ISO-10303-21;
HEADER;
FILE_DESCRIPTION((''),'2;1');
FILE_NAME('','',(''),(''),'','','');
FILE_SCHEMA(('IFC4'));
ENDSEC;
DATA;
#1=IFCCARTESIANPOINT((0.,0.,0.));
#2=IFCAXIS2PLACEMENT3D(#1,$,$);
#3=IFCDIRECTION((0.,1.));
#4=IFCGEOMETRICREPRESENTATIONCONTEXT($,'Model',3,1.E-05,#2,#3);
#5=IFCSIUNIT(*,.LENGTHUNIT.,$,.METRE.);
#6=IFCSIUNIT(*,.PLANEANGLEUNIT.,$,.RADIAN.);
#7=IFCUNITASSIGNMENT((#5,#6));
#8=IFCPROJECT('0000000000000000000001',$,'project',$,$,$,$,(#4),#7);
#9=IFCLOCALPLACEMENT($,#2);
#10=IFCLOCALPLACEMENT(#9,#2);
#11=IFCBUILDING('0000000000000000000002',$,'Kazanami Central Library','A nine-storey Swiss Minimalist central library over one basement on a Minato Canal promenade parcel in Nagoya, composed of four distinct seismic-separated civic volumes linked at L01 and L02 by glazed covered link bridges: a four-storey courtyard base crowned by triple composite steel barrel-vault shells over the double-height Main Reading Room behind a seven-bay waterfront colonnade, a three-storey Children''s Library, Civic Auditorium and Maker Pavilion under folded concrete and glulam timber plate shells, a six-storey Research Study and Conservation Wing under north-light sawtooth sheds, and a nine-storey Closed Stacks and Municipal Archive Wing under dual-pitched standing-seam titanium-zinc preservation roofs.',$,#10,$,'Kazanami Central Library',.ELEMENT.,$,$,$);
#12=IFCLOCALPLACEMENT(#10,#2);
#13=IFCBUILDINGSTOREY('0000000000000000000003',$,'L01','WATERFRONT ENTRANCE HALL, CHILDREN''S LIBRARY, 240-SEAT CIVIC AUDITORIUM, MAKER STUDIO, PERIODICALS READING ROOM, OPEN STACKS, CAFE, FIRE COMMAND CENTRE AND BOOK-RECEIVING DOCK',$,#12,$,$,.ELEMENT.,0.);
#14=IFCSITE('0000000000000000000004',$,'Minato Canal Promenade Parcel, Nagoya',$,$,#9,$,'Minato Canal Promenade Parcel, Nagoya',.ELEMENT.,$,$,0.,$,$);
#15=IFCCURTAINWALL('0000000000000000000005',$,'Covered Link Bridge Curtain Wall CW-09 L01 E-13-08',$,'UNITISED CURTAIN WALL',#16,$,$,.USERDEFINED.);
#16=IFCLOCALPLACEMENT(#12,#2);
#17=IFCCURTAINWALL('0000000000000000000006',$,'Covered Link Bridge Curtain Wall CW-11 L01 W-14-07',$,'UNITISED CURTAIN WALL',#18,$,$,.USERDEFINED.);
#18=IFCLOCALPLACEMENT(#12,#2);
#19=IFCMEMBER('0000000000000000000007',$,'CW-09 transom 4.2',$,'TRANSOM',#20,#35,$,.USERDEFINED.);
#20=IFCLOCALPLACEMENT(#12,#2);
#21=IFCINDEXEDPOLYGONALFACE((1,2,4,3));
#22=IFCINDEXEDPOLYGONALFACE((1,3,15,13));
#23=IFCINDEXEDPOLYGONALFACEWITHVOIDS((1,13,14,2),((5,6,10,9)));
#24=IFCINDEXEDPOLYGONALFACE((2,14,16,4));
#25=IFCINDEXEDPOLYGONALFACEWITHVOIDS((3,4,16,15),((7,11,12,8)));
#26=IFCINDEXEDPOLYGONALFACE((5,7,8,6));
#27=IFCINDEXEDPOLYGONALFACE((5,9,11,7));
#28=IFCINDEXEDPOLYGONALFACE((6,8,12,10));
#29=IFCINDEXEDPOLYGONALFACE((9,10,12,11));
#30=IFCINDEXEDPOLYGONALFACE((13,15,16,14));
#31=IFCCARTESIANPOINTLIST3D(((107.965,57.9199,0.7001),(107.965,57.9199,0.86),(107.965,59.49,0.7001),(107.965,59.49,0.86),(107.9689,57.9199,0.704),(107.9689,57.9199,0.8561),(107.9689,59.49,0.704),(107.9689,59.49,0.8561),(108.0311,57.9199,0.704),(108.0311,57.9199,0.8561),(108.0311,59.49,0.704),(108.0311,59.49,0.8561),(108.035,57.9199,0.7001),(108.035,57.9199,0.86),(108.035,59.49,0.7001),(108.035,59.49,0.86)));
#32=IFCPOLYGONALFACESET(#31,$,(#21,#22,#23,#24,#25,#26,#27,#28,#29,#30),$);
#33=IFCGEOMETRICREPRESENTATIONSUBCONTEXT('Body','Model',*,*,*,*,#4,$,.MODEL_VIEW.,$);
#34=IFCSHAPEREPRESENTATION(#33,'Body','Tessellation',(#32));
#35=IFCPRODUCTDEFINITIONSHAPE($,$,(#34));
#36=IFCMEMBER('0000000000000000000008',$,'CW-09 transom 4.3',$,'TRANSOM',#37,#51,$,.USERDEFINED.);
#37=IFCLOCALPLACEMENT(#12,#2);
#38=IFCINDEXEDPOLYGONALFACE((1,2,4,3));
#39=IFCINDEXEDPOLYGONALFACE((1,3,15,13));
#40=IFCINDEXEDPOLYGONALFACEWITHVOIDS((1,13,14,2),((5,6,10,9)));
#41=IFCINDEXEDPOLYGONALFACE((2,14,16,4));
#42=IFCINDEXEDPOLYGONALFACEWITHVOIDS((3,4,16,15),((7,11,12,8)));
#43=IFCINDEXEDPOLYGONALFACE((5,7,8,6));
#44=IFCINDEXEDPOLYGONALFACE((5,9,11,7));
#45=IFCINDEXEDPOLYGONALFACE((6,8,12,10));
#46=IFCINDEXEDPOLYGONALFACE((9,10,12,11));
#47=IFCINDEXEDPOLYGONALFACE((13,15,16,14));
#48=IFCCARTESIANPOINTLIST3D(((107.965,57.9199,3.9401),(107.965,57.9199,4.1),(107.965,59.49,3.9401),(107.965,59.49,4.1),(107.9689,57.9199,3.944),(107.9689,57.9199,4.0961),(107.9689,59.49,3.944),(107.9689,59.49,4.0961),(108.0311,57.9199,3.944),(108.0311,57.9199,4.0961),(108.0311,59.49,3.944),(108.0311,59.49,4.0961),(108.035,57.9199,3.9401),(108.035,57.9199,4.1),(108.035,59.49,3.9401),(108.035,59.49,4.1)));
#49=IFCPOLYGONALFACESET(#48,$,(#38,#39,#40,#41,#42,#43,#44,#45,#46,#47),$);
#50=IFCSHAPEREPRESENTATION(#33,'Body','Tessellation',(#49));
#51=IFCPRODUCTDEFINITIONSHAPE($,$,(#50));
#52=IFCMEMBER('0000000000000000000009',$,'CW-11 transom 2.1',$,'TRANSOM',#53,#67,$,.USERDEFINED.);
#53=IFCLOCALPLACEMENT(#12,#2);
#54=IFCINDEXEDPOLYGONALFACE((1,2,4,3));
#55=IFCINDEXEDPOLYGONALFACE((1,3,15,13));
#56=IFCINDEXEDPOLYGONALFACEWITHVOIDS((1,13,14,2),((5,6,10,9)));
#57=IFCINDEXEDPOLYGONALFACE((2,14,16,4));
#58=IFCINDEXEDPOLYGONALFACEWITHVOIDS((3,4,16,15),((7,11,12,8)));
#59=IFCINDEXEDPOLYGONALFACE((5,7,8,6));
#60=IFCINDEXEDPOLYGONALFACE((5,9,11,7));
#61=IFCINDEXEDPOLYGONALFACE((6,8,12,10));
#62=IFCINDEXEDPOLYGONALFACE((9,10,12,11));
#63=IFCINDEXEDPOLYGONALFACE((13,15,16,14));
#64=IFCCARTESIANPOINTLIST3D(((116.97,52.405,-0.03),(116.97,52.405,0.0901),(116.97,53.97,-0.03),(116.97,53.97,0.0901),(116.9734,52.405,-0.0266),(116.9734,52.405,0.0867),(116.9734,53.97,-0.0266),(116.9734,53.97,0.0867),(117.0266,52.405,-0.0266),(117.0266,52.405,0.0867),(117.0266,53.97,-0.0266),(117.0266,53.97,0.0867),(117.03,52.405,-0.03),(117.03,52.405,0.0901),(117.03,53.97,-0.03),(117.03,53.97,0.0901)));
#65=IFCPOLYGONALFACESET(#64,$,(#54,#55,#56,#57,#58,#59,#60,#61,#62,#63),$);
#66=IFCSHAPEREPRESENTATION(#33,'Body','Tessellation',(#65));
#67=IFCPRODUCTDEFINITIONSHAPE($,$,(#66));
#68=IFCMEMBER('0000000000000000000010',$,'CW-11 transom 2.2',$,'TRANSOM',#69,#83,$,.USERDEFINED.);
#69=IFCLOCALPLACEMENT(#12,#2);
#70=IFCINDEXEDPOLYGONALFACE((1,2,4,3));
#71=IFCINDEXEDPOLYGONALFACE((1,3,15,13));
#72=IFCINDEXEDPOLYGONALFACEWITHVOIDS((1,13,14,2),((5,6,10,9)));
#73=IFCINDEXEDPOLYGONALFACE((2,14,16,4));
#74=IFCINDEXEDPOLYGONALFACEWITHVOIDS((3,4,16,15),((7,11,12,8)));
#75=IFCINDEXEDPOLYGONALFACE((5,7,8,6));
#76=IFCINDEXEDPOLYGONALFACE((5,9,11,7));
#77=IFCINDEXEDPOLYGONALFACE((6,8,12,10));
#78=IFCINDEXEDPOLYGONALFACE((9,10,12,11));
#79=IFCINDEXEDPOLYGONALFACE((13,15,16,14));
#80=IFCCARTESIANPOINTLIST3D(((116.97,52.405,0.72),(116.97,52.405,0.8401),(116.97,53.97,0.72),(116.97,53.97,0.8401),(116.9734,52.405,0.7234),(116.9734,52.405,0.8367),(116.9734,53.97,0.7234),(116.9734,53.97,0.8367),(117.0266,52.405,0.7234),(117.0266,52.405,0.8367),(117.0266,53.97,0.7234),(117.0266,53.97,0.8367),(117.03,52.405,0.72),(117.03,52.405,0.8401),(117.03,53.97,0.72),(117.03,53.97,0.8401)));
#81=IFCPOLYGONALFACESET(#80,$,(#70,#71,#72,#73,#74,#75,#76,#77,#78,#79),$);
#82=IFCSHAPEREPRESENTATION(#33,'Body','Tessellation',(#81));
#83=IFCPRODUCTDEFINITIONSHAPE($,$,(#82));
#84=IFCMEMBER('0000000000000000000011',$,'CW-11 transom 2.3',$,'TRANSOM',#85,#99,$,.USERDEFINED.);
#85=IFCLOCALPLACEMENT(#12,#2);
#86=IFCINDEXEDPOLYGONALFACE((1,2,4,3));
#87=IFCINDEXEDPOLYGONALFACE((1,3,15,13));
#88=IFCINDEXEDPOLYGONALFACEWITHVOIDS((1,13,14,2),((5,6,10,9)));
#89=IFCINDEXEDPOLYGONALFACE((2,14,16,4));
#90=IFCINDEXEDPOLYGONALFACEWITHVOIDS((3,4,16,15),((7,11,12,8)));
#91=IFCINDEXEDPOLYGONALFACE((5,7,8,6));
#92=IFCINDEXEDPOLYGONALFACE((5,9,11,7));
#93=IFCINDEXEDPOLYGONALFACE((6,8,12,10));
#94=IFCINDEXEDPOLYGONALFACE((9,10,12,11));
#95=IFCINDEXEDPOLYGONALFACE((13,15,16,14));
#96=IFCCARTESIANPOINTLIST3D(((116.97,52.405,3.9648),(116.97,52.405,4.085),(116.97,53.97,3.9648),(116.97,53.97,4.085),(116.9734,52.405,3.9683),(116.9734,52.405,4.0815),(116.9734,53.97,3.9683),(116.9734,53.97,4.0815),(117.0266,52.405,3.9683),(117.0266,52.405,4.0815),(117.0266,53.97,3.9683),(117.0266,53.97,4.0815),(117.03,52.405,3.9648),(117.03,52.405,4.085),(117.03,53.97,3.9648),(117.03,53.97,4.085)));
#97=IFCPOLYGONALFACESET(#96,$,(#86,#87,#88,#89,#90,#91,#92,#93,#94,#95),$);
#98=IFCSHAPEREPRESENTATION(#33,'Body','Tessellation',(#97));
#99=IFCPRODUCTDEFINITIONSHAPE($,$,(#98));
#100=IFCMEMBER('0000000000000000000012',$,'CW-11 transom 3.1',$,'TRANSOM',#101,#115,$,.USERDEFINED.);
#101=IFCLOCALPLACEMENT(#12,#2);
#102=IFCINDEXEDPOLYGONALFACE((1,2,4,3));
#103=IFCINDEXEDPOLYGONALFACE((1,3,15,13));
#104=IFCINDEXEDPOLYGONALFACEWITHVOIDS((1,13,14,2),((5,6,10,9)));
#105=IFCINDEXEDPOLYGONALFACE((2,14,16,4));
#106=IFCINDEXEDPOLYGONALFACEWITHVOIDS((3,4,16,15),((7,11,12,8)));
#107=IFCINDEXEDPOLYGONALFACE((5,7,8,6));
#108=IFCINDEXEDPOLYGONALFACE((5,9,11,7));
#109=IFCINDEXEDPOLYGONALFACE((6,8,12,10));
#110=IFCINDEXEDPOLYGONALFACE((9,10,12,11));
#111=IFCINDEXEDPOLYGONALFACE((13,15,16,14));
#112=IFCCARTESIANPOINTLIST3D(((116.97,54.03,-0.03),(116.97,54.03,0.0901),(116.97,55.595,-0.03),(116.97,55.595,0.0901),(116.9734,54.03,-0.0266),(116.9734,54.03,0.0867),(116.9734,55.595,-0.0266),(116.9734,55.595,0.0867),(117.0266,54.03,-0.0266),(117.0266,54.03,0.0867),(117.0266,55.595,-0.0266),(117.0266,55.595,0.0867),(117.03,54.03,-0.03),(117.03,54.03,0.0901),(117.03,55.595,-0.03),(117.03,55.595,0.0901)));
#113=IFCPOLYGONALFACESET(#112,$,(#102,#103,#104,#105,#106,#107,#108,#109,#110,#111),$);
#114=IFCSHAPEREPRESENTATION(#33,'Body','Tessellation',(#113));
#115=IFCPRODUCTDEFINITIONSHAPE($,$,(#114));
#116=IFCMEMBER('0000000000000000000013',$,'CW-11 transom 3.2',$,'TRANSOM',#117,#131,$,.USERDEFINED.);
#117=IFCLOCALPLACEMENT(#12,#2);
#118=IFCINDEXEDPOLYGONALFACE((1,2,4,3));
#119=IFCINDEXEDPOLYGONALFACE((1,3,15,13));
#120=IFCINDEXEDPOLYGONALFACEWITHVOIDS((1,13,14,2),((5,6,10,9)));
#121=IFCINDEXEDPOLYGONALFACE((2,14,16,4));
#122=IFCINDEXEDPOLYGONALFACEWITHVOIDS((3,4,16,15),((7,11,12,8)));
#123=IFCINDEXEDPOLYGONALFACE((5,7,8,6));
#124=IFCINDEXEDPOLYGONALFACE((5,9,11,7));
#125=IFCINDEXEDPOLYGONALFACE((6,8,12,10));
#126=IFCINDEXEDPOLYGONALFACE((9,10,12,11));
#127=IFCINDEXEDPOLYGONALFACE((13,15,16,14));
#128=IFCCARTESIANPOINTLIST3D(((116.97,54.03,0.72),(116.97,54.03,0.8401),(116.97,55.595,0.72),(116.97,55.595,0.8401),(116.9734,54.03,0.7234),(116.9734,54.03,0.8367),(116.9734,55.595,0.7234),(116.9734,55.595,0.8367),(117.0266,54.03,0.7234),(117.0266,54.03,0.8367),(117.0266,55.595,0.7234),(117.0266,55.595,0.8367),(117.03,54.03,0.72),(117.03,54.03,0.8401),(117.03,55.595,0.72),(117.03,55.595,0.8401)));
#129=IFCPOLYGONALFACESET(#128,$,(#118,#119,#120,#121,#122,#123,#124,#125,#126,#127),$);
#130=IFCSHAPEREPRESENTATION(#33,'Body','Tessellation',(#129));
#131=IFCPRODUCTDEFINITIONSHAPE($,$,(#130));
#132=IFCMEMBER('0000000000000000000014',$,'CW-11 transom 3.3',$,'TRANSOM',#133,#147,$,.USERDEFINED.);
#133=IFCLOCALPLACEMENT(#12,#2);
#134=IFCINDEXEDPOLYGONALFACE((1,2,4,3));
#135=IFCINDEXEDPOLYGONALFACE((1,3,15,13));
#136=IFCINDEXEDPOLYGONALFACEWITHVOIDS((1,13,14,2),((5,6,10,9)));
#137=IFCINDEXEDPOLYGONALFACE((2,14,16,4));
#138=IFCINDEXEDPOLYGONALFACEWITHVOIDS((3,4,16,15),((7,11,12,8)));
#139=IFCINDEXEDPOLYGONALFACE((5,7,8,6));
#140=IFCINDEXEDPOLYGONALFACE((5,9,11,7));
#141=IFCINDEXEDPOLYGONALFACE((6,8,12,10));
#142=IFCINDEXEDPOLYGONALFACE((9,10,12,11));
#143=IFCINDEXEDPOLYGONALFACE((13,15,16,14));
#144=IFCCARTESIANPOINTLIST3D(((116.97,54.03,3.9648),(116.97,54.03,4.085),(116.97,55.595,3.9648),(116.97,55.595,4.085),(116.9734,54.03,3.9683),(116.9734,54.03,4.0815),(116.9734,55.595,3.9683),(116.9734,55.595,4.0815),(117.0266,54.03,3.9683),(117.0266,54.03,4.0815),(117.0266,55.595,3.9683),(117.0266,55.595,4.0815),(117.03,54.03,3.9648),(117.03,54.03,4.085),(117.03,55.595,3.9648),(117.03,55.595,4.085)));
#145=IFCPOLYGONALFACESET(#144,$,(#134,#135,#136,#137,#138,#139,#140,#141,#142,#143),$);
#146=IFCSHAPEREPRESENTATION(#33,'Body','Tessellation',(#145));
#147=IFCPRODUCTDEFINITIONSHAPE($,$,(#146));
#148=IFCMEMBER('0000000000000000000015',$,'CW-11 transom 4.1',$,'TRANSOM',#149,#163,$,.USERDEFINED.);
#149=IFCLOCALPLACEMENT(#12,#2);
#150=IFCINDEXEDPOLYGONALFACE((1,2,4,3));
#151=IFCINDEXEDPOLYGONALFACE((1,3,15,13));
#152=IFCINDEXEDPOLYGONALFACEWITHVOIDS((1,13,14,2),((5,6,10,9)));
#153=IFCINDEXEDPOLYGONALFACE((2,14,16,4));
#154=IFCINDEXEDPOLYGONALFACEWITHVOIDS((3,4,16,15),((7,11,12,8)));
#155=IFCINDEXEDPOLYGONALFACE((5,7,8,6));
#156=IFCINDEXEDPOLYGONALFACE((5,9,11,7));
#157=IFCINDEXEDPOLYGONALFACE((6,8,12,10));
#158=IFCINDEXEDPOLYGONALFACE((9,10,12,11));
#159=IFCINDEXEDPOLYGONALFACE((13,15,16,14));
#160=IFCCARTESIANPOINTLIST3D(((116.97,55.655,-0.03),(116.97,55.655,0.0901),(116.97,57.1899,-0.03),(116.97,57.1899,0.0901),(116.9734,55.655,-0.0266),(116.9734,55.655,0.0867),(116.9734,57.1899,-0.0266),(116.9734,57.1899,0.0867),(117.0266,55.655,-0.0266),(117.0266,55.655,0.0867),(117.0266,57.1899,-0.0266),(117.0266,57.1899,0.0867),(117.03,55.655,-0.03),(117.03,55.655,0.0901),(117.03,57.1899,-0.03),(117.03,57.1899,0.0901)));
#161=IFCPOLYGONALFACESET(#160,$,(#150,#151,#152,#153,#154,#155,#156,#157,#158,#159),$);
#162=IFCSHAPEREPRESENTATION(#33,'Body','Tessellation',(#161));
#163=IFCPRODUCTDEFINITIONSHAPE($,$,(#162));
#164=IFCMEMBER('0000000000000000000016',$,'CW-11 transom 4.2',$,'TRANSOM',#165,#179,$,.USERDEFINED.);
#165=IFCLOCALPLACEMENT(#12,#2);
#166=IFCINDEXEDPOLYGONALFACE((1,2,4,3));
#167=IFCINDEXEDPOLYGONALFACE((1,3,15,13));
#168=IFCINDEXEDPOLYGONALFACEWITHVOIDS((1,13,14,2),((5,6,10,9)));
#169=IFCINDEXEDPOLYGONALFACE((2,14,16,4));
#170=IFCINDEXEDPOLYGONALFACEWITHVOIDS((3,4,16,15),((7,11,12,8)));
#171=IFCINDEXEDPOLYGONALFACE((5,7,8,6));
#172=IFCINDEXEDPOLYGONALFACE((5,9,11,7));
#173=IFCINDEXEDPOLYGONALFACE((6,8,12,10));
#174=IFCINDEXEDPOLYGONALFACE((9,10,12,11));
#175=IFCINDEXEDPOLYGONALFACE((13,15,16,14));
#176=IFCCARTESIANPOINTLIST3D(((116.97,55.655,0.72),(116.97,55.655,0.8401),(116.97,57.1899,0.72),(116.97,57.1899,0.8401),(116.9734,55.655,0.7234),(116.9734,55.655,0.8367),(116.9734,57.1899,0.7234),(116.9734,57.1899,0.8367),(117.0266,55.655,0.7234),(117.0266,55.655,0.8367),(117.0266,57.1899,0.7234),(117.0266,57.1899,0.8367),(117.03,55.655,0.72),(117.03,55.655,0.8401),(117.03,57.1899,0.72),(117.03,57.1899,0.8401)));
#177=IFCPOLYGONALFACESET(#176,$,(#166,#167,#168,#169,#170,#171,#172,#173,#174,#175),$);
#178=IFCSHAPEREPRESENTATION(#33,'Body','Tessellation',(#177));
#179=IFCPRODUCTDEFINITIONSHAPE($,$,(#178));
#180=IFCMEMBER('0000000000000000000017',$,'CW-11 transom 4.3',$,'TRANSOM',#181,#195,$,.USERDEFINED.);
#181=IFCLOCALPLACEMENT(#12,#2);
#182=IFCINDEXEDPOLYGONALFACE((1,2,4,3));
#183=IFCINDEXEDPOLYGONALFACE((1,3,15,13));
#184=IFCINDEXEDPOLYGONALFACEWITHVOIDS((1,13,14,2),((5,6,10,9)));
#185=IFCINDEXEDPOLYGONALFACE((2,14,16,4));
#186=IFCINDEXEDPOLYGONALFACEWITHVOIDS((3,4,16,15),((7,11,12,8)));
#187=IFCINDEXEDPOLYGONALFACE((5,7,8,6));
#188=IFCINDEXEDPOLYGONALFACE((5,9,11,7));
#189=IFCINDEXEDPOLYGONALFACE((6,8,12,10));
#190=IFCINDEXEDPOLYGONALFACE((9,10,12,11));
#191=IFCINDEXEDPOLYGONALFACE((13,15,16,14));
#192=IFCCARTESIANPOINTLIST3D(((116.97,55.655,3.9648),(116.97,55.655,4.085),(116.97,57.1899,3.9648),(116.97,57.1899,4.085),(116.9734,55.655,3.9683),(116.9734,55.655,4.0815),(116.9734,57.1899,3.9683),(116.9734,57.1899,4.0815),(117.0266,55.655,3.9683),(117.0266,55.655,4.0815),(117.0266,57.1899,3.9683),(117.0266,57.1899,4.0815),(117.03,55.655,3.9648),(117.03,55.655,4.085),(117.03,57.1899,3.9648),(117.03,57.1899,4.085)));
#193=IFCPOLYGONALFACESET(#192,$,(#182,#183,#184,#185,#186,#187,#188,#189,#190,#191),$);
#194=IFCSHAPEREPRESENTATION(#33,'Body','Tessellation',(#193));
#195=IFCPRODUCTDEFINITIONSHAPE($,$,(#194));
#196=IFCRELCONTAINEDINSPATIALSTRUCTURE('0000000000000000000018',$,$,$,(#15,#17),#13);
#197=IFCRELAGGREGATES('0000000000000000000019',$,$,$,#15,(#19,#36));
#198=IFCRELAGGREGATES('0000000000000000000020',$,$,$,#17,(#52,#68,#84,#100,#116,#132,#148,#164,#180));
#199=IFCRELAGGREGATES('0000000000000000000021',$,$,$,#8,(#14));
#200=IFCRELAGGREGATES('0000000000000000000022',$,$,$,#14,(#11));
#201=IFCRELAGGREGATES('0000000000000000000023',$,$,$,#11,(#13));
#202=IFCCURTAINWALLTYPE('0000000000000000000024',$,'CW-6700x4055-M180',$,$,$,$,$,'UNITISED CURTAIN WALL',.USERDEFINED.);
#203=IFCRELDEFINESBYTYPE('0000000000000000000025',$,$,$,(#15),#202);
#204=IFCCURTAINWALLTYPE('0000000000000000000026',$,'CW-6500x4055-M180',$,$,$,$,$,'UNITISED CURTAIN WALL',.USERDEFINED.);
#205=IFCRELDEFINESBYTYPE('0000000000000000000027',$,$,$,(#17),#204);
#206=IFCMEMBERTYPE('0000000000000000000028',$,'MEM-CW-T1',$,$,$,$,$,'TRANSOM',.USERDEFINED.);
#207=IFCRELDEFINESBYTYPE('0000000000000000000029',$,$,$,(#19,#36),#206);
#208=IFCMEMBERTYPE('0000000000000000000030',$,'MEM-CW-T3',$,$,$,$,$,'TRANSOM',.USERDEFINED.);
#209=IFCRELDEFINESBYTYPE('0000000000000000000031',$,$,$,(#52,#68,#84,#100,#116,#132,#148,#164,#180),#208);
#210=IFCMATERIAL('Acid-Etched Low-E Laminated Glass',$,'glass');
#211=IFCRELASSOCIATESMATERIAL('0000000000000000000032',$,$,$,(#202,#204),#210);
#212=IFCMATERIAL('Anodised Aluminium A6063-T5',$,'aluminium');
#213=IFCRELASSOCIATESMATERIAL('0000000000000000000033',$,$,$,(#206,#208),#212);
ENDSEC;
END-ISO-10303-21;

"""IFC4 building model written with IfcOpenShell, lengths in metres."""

from ifc_helpers import new_model, si_unit, direction, frame, origin, origin_2d, place, context, subcontext, project, spatial, hollow_rectangle, extrude, material, material_profile, profile_set, type_object, element, aggregate, save


model = new_model("IFC4")

# Units and contexts
model_context = context("Model", 3, precision=1e-05, world=origin(), true_north=direction((0.0, 1.0)))
body_context = subcontext(model_context, "Body", "Model", "MODEL_VIEW")
ifc_project = project(units=[si_unit("LENGTHUNIT", "METRE"), si_unit("PLANEANGLEUNIT", "RADIAN")], contexts=[model_context])

# Site, building, storey
site_placement = place(None, origin())
site = spatial("IfcSite", under=ifc_project, at=site_placement, Name="Minato Canal Promenade Parcel, Nagoya", LongName="Minato Canal Promenade Parcel, Nagoya", CompositionType="ELEMENT", RefElevation=0.0)
building_placement = place(site_placement, origin())
building = spatial("IfcBuilding", under=site, at=building_placement, Name="Kazanami Central Library", Description="A nine-storey Swiss Minimalist central library over one basement on a Minato Canal promenade parcel in Nagoya, composed of four distinct seismic-separated civic volumes linked at L01 and L02 by glazed covered link bridges: a four-storey courtyard base crowned by triple composite steel barrel-vault shells over the double-height Main Reading Room behind a seven-bay waterfront colonnade, a three-storey Children's Library, Civic Auditorium and Maker Pavilion under folded concrete and glulam timber plate shells, a six-storey Research Study and Conservation Wing under north-light sawtooth sheds, and a nine-storey Closed Stacks and Municipal Archive Wing under dual-pitched standing-seam titanium-zinc preservation roofs.", LongName="Kazanami Central Library", CompositionType="ELEMENT")
storey_placement = place(building_placement, origin())
storey = spatial("IfcBuildingStorey", under=building, at=storey_placement, Name="L01", Description="WATERFRONT ENTRANCE HALL, CHILDREN'S LIBRARY, 240-SEAT CIVIC AUDITORIUM, MAKER STUDIO, PERIODICALS READING ROOM, OPEN STACKS, CAFE, FIRE COMMAND CENTRE AND BOOK-RECEIVING DOCK", CompositionType="ELEMENT", Elevation=0.0)

# Curtain wall
ifc_material_1 = material(Name="Acid-Etched Low-E Laminated Glass", Category="glass")
curtain_wall_type_1 = type_object("IfcCurtainWallType", Name="CW-6700x4055-M180", ElementType="UNITISED CURTAIN WALL", PredefinedType="USERDEFINED", material=ifc_material_1)
curtain_wall_1_placement = place(storey_placement, origin())
curtain_wall_1 = element("IfcCurtainWall", 1, at=curtain_wall_1_placement, inside=storey, type_object=curtain_wall_type_1, Name="Covered Link Bridge Curtain Wall CW-09 L01 E-13-08", ObjectType="UNITISED CURTAIN WALL", PredefinedType="USERDEFINED")
ifc_material_2 = material(Name="Anodised Aluminium A6063-T5", Category="aluminium")

# Curtain wall
curtain_wall_type_2 = type_object("IfcCurtainWallType", Name="CW-6500x4055-M180", ElementType="UNITISED CURTAIN WALL", PredefinedType="USERDEFINED", material=ifc_material_1)
curtain_wall_2_placement = place(storey_placement, origin())
curtain_wall_2 = element("IfcCurtainWall", 2, at=curtain_wall_2_placement, inside=storey, type_object=curtain_wall_type_2, Name="Covered Link Bridge Curtain Wall CW-11 L01 W-14-07", ObjectType="UNITISED CURTAIN WALL", PredefinedType="USERDEFINED")

# Shared definitions
ifc_material_profile_1 = material_profile(ifc_material_2, hollow_rectangle(XDim=0.0701, YDim=0.1599, WallThickness=0.0039, at=origin_2d()), Name="ALU-TRAN-70x160x4")
ifc_profile_set_1 = profile_set([ifc_material_profile_1], Name="Anodised Aluminium A6063-T5")
member_type_1 = type_object("IfcMemberType", Name="MEM-CW-T1", ElementType="TRANSOM", PredefinedType="USERDEFINED", material=ifc_profile_set_1)

# Members
member_1_placement = place(storey_placement, frame((108.0, 59.49, 0.78), z_axis=(0.0, -1.0, 0.0), x_axis=(1.0, 0.0, 0.0)))
member_1 = element("IfcMember", 3, at=member_1_placement, type_object=member_type_1, Name="CW-09 transom 4.2", ObjectType="TRANSOM", PredefinedType="USERDEFINED", context=body_context, shape_type="SweptSolid", body=[
    extrude(hollow_rectangle(XDim=0.0701, YDim=0.1599, WallThickness=0.0039, at=origin_2d()), origin(), (0.0, 0.0, 1.0), 1.5701),
])
member_2_placement = place(storey_placement, frame((108.0, 59.49, 4.02), z_axis=(0.0, -1.0, 0.0), x_axis=(1.0, 0.0, 0.0)))
member_2 = element("IfcMember", 4, at=member_2_placement, type_object=member_type_1, Name="CW-09 transom 4.3", ObjectType="TRANSOM", PredefinedType="USERDEFINED", context=body_context, shape_type="SweptSolid", body=[
    extrude(hollow_rectangle(XDim=0.0701, YDim=0.1599, WallThickness=0.0039, at=origin_2d()), origin(), (0.0, 0.0, 1.0), 1.5701),
])
ifc_material_profile_2 = material_profile(ifc_material_2, hollow_rectangle(XDim=0.0601, YDim=0.1201, WallThickness=0.0034, at=origin_2d()), Name="ALU-TRAN-60x120x3.5")
ifc_profile_set_2 = profile_set([ifc_material_profile_2], Name="Anodised Aluminium A6063-T5")
member_type_2 = type_object("IfcMemberType", Name="MEM-CW-T3", ElementType="TRANSOM", PredefinedType="USERDEFINED", material=ifc_profile_set_2)
member_3_placement = place(storey_placement, frame((117.0, 52.405, 0.03), z_axis=(0.0, 1.0, 0.0), x_axis=(-1.0, 0.0, 0.0)))
member_3 = element("IfcMember", 5, at=member_3_placement, type_object=member_type_2, Name="CW-11 transom 2.1", ObjectType="TRANSOM", PredefinedType="USERDEFINED", context=body_context, shape_type="SweptSolid", body=[
    extrude(hollow_rectangle(XDim=0.0601, YDim=0.1201, WallThickness=0.0034, at=origin_2d()), origin(), (0.0, 0.0, 1.0), 1.5649),
])
member_4_placement = place(storey_placement, frame((117.0, 52.405, 0.78), z_axis=(0.0, 1.0, 0.0), x_axis=(-1.0, 0.0, 0.0)))
member_4 = element("IfcMember", 6, at=member_4_placement, type_object=member_type_2, Name="CW-11 transom 2.2", ObjectType="TRANSOM", PredefinedType="USERDEFINED", context=body_context, shape_type="SweptSolid", body=[
    extrude(hollow_rectangle(XDim=0.0601, YDim=0.1201, WallThickness=0.0034, at=origin_2d()), origin(), (0.0, 0.0, 1.0), 1.5649),
])
member_5_placement = place(storey_placement, frame((117.0, 52.405, 4.0249), z_axis=(0.0, 1.0, 0.0), x_axis=(-1.0, 0.0, 0.0)))
member_5 = element("IfcMember", 7, at=member_5_placement, type_object=member_type_2, Name="CW-11 transom 2.3", ObjectType="TRANSOM", PredefinedType="USERDEFINED", context=body_context, shape_type="SweptSolid", body=[
    extrude(hollow_rectangle(XDim=0.0601, YDim=0.1201, WallThickness=0.0034, at=origin_2d()), origin(), (0.0, 0.0, 1.0), 1.5649),
])
member_6_placement = place(storey_placement, frame((117.0, 54.03, 0.03), z_axis=(0.0, 1.0, 0.0), x_axis=(-1.0, 0.0, 0.0)))
member_6 = element("IfcMember", 8, at=member_6_placement, type_object=member_type_2, Name="CW-11 transom 3.1", ObjectType="TRANSOM", PredefinedType="USERDEFINED", context=body_context, shape_type="SweptSolid", body=[
    extrude(hollow_rectangle(XDim=0.0601, YDim=0.1201, WallThickness=0.0034, at=origin_2d()), origin(), (0.0, 0.0, 1.0), 1.5649),
])
member_7_placement = place(storey_placement, frame((117.0, 54.03, 0.78), z_axis=(0.0, 1.0, 0.0), x_axis=(-1.0, 0.0, 0.0)))
member_7 = element("IfcMember", 9, at=member_7_placement, type_object=member_type_2, Name="CW-11 transom 3.2", ObjectType="TRANSOM", PredefinedType="USERDEFINED", context=body_context, shape_type="SweptSolid", body=[
    extrude(hollow_rectangle(XDim=0.0601, YDim=0.1201, WallThickness=0.0034, at=origin_2d()), origin(), (0.0, 0.0, 1.0), 1.5649),
])
member_8_placement = place(storey_placement, frame((117.0, 54.03, 4.0249), z_axis=(0.0, 1.0, 0.0), x_axis=(-1.0, 0.0, 0.0)))
member_8 = element("IfcMember", 10, at=member_8_placement, type_object=member_type_2, Name="CW-11 transom 3.3", ObjectType="TRANSOM", PredefinedType="USERDEFINED", context=body_context, shape_type="SweptSolid", body=[
    extrude(hollow_rectangle(XDim=0.0601, YDim=0.1201, WallThickness=0.0034, at=origin_2d()), origin(), (0.0, 0.0, 1.0), 1.5649),
])
member_9_placement = place(storey_placement, frame((117.0, 55.655, 0.03), z_axis=(0.0, 1.0, 0.0), x_axis=(-1.0, 0.0, 0.0)))
member_9 = element("IfcMember", 11, at=member_9_placement, type_object=member_type_2, Name="CW-11 transom 4.1", ObjectType="TRANSOM", PredefinedType="USERDEFINED", context=body_context, shape_type="SweptSolid", body=[
    extrude(hollow_rectangle(XDim=0.0601, YDim=0.1201, WallThickness=0.0034, at=origin_2d()), origin(), (0.0, 0.0, 1.0), 1.5349),
])
member_10_placement = place(storey_placement, frame((117.0, 55.655, 0.78), z_axis=(0.0, 1.0, 0.0), x_axis=(-1.0, 0.0, 0.0)))
member_10 = element("IfcMember", 12, at=member_10_placement, type_object=member_type_2, Name="CW-11 transom 4.2", ObjectType="TRANSOM", PredefinedType="USERDEFINED", context=body_context, shape_type="SweptSolid", body=[
    extrude(hollow_rectangle(XDim=0.0601, YDim=0.1201, WallThickness=0.0034, at=origin_2d()), origin(), (0.0, 0.0, 1.0), 1.5349),
])
member_11_placement = place(storey_placement, frame((117.0, 55.655, 4.0249), z_axis=(0.0, 1.0, 0.0), x_axis=(-1.0, 0.0, 0.0)))
member_11 = element("IfcMember", 13, at=member_11_placement, type_object=member_type_2, Name="CW-11 transom 4.3", ObjectType="TRANSOM", PredefinedType="USERDEFINED", context=body_context, shape_type="SweptSolid", body=[
    extrude(hollow_rectangle(XDim=0.0601, YDim=0.1201, WallThickness=0.0034, at=origin_2d()), origin(), (0.0, 0.0, 1.0), 1.5349),
])

aggregate(curtain_wall_1, [member_1, member_2])
aggregate(curtain_wall_2, [member_3, member_4, member_5, member_6, member_7, member_8, member_9, member_10, member_11])

save(model, "model.ifc")
